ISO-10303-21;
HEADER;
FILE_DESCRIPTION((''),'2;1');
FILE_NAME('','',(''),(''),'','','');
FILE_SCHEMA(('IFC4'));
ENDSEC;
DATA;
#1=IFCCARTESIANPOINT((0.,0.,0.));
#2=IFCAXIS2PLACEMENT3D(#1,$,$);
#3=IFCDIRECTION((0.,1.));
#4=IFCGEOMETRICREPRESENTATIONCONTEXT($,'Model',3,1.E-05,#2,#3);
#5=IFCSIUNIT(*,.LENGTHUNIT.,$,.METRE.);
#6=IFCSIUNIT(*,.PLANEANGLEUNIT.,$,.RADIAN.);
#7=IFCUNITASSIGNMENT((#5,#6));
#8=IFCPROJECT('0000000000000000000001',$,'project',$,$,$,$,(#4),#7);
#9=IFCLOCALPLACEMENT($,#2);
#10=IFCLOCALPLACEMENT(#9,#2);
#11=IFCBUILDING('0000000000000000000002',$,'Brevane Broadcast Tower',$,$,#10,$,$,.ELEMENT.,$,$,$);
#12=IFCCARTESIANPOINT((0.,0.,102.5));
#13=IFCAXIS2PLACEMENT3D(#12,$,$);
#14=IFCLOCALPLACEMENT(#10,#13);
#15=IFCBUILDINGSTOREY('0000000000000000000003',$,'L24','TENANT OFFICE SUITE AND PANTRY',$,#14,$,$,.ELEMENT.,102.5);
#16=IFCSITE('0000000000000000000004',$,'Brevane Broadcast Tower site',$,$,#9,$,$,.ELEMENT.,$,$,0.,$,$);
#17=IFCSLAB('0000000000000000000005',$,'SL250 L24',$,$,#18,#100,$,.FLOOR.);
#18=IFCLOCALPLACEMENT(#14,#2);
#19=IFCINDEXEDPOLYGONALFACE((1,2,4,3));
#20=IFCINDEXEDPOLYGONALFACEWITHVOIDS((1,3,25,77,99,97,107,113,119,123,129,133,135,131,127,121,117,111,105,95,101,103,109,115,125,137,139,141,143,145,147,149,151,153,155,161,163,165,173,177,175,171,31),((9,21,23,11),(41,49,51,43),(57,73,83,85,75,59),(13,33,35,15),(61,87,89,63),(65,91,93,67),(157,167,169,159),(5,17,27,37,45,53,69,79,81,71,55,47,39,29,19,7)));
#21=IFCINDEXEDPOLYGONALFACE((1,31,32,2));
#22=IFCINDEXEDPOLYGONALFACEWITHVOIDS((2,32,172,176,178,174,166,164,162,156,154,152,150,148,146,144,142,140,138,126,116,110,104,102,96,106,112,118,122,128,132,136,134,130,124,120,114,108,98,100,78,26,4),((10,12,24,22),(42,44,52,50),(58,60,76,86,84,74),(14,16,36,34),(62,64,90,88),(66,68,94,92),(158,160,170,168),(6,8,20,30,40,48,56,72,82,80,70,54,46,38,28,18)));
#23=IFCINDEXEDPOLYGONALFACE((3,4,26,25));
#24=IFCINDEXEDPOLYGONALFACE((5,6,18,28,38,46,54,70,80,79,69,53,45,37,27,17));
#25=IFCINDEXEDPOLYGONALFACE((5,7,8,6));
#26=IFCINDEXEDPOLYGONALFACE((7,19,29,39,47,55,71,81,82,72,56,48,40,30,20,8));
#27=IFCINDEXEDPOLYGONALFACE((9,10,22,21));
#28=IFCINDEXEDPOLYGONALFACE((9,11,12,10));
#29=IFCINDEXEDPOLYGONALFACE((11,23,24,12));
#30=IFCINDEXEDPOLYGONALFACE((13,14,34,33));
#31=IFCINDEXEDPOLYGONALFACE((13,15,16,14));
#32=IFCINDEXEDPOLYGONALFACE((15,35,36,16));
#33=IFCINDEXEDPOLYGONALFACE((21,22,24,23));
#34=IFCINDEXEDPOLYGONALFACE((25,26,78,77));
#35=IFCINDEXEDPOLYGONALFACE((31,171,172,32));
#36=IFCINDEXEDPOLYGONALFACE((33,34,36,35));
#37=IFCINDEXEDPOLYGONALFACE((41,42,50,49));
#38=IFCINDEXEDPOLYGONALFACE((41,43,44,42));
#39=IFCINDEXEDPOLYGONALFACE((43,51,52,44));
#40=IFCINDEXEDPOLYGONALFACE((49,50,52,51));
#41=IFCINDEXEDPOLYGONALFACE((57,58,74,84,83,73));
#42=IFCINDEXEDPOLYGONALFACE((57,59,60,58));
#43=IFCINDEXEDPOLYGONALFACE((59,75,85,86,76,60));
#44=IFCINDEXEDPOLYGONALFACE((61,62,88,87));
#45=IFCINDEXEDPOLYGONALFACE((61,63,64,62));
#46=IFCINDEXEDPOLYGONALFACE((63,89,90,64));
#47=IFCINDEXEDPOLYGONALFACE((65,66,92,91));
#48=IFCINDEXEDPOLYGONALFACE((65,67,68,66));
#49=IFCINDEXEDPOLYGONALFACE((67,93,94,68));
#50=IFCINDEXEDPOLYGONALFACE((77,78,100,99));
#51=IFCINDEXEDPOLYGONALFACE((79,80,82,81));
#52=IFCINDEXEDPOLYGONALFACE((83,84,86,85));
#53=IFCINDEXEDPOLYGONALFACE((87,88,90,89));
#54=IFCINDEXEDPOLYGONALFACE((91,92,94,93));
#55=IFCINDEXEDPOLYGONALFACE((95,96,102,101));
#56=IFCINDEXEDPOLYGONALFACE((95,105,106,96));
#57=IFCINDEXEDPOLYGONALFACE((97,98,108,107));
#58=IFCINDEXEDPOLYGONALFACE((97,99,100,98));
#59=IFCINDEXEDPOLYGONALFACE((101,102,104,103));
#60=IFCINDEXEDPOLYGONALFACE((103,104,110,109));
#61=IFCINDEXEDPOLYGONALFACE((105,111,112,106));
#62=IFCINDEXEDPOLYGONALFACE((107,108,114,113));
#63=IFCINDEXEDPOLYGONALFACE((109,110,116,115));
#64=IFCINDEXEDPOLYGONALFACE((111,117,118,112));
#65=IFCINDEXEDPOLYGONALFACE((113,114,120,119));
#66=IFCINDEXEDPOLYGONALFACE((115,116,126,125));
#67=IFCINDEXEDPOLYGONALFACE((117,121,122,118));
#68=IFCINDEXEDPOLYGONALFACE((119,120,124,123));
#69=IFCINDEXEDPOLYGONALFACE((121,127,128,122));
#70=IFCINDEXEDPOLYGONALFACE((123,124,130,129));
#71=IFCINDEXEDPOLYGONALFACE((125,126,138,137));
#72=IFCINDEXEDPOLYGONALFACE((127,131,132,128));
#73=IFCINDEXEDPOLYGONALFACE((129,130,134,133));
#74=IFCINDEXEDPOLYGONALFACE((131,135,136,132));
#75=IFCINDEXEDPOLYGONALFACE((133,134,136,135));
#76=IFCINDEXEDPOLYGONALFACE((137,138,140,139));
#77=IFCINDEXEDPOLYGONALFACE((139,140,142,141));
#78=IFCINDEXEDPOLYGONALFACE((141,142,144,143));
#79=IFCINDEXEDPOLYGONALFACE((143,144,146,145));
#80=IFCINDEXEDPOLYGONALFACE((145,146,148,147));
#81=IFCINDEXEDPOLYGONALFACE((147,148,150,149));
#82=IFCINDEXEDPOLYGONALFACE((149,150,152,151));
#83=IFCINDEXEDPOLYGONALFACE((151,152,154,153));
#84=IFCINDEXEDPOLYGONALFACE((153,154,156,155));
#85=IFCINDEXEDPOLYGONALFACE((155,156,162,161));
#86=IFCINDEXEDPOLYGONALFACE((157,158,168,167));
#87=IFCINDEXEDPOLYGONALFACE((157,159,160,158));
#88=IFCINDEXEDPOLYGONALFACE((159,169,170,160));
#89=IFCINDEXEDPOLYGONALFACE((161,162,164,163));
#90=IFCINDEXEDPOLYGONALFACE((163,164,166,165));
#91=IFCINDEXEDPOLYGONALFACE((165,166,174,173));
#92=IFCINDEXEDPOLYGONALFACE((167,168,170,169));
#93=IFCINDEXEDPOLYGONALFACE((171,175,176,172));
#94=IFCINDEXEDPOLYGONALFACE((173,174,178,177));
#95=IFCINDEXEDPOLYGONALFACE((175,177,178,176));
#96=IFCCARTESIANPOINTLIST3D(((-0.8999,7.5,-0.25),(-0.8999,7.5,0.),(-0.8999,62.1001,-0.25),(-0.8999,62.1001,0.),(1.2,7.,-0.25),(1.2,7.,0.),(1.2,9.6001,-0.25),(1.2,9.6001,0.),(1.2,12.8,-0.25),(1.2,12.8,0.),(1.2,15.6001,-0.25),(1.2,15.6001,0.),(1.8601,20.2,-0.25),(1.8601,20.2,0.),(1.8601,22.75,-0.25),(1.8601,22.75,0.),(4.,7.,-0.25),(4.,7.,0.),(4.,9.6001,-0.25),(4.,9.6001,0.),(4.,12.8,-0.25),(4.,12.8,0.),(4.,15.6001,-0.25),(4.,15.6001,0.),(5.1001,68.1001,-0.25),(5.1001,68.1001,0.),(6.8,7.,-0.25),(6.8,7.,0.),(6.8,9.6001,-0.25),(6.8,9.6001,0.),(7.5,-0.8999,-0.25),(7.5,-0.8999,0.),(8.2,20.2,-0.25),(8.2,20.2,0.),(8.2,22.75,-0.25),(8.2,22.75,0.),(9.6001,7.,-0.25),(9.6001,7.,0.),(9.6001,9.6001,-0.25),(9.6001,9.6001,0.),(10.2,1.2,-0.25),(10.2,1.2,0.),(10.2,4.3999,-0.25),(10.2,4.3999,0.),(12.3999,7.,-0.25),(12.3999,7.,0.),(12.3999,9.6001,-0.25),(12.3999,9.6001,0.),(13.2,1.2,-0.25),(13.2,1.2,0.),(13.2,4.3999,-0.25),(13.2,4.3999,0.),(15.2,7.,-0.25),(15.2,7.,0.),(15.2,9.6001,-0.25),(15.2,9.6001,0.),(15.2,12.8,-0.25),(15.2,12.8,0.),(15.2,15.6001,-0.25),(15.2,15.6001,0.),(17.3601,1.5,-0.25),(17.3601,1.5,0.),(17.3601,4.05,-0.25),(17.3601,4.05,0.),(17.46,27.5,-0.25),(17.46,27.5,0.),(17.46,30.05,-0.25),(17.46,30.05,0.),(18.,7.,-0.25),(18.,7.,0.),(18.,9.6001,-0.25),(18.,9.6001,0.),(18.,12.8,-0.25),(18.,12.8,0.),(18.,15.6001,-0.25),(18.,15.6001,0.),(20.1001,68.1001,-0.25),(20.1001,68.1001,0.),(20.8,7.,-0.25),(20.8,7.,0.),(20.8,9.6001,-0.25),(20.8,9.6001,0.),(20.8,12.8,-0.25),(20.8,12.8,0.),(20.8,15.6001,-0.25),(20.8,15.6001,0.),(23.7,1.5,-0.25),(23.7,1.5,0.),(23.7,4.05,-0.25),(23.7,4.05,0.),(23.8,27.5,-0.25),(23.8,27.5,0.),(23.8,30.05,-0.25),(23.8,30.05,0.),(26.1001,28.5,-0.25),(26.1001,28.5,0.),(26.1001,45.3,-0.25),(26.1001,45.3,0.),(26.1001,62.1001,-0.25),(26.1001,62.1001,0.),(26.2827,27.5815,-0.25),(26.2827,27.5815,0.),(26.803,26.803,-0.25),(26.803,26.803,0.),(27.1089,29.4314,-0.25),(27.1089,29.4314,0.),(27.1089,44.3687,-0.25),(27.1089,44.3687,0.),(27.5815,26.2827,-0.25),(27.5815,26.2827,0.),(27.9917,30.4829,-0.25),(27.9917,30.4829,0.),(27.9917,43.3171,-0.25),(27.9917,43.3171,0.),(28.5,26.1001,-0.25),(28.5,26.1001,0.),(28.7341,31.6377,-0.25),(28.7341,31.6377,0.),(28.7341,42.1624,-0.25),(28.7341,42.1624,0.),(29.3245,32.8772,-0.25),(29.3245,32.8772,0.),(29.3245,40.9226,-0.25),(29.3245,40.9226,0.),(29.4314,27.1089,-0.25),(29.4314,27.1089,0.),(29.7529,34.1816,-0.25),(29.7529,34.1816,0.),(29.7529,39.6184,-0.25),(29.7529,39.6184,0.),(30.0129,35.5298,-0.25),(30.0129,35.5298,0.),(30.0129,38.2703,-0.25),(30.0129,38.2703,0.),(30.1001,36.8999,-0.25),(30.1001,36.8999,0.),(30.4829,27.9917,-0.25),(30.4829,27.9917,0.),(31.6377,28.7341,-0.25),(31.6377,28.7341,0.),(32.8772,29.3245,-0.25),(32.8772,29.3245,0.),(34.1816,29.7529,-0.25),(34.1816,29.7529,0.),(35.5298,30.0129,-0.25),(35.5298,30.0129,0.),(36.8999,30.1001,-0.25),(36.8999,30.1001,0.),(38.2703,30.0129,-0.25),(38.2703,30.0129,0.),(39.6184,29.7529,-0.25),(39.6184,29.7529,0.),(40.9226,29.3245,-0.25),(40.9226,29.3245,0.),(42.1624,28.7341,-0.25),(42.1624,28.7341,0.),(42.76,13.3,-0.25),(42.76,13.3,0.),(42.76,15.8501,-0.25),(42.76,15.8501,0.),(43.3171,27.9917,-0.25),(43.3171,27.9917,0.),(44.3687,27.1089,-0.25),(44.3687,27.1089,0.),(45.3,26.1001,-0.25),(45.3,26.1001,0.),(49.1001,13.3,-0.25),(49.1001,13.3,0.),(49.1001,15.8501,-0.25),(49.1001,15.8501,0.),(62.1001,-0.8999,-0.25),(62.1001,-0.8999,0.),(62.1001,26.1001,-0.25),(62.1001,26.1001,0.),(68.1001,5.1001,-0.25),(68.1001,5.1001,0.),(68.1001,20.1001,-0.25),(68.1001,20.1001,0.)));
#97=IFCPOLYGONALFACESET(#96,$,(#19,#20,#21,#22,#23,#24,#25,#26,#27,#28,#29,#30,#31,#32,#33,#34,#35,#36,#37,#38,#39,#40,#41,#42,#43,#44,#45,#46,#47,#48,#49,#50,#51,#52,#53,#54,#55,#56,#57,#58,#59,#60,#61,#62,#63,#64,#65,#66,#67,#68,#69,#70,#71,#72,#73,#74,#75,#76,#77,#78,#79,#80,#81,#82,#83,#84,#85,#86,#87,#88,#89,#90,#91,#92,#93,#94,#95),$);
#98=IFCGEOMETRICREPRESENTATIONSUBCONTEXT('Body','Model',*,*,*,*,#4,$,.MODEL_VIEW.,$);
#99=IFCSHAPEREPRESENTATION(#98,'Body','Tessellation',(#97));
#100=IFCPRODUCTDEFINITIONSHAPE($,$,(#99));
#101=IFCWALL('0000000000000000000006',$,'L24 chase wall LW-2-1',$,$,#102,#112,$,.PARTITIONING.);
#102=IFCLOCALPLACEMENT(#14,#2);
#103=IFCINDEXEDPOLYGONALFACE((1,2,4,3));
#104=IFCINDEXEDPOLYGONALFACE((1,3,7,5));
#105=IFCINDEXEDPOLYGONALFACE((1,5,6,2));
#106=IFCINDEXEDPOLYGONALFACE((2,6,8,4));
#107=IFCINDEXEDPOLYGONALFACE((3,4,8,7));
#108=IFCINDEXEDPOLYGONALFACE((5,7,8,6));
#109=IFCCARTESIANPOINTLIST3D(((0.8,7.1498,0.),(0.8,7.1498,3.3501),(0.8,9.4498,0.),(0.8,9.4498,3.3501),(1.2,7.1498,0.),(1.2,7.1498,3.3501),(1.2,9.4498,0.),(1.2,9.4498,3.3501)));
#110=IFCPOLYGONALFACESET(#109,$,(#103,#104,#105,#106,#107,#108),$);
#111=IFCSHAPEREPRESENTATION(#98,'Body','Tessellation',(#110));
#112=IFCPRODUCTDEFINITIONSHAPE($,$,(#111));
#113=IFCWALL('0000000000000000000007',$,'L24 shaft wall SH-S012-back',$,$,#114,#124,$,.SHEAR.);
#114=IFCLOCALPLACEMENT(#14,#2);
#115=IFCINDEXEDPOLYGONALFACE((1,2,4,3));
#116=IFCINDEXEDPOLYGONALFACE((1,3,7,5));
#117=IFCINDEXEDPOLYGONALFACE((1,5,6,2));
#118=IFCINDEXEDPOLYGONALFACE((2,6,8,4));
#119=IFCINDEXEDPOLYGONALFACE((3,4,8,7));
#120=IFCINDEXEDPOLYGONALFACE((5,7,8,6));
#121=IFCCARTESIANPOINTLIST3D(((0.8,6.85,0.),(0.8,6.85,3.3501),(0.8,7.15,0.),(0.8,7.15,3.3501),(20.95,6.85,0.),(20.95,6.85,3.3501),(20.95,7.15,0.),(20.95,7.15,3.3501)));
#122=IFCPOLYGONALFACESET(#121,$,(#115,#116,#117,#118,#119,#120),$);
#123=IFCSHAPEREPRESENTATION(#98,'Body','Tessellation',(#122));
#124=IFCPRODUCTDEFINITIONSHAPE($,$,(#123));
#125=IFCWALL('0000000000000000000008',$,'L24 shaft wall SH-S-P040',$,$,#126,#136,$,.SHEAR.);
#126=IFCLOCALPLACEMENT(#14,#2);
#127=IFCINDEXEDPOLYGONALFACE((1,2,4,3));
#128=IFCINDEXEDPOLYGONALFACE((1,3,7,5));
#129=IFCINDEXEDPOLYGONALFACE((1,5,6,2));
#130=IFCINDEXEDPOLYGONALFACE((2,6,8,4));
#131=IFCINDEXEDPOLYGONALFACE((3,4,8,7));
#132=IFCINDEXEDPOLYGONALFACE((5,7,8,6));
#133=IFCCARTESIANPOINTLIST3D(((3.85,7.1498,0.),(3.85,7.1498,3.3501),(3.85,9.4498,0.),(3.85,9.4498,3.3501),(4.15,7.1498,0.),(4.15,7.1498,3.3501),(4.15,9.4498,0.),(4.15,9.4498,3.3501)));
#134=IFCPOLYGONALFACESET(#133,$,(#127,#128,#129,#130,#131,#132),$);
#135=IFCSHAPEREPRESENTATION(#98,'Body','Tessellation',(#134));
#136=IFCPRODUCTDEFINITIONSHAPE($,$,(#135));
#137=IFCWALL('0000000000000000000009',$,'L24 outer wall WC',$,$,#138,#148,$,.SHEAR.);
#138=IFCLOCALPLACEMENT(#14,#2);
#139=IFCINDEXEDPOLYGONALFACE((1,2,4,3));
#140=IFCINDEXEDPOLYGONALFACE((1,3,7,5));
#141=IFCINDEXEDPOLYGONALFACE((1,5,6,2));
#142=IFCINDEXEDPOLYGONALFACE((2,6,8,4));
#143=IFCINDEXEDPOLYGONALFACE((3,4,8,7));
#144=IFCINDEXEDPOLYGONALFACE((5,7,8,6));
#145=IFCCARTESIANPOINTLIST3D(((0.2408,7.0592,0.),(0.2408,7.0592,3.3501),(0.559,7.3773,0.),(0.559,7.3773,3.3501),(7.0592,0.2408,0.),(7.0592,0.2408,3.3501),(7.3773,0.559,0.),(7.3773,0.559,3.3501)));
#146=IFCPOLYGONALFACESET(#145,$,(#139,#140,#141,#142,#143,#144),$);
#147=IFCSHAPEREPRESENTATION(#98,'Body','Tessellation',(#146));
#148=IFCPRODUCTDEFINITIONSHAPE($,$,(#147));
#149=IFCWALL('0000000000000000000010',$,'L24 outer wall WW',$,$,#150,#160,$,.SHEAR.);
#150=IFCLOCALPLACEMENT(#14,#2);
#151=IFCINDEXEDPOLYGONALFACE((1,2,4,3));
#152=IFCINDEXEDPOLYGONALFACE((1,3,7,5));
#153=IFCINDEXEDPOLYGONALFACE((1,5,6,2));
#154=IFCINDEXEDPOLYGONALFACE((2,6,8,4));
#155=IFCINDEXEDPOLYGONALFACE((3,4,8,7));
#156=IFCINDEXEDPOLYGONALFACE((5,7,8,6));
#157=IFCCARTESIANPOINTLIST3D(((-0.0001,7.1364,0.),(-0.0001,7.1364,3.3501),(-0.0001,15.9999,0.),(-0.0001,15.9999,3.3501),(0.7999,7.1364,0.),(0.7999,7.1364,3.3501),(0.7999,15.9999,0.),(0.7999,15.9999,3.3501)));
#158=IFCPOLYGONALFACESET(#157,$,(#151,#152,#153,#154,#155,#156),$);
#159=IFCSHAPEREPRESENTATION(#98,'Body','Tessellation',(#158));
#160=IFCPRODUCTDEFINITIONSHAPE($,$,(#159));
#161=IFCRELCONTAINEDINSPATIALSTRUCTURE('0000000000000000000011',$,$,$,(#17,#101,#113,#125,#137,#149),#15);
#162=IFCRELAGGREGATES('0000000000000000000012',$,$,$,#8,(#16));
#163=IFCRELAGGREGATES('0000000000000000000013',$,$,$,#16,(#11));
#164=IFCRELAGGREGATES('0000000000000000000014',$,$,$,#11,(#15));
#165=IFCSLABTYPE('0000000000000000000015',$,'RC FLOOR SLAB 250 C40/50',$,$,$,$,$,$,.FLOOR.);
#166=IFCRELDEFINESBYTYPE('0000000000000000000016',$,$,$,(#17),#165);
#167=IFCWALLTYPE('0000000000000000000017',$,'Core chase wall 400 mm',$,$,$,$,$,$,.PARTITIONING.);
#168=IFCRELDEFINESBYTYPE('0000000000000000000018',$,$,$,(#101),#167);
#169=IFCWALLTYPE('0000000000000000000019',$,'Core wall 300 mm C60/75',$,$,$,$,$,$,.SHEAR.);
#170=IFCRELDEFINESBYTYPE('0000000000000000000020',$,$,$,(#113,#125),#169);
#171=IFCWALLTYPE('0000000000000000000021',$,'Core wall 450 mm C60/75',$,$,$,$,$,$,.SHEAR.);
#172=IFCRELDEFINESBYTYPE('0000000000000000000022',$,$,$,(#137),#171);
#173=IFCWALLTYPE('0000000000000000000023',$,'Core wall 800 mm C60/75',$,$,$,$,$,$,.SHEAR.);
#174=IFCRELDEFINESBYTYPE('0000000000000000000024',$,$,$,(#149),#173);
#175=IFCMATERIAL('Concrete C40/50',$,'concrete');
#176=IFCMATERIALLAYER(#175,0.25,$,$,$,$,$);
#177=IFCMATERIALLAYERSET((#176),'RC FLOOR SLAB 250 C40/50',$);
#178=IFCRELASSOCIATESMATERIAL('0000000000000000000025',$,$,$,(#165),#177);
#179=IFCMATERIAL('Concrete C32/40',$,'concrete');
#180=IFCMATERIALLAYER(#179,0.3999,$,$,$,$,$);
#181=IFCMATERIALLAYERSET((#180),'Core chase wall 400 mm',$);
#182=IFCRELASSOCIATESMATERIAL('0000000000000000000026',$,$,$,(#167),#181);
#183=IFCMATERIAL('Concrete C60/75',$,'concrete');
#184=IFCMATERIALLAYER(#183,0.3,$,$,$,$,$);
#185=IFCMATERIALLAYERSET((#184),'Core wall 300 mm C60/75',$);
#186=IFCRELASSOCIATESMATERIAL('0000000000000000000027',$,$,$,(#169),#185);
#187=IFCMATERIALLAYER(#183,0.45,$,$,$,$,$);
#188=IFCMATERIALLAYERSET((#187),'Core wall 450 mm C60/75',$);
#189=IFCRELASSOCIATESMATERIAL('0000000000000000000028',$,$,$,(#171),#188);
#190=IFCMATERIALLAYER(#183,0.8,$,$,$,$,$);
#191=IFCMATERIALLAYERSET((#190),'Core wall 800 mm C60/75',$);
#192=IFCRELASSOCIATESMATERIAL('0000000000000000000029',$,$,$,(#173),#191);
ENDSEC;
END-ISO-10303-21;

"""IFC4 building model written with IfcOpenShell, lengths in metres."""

from ifc_helpers import new_model, si_unit, direction, frame, frame_2d, origin, place, context, subcontext, project, spatial, polyline, rectangle, outline, extrude, material, layer, layer_set, type_object, element, save


model = new_model("IFC4")

# Units and contexts
model_context = context("Model", 3, precision=1e-05, world=origin(), true_north=direction((0.0, 1.0)))
body_context = subcontext(model_context, "Body", "Model", "MODEL_VIEW")
ifc_project = project(units=[si_unit("LENGTHUNIT", "METRE"), si_unit("PLANEANGLEUNIT", "RADIAN")], contexts=[model_context])

# Site, building, storey
site_placement = place(None, origin())
site = spatial("IfcSite", under=ifc_project, at=site_placement, Name="Brevane Broadcast Tower site", CompositionType="ELEMENT", RefElevation=0.0)
building_placement = place(site_placement, origin())
building = spatial("IfcBuilding", under=site, at=building_placement, Name="Brevane Broadcast Tower", CompositionType="ELEMENT")
storey_placement = place(building_placement, frame((0.0, 0.0, 102.5)))
storey = spatial("IfcBuildingStorey", under=building, at=storey_placement, Name="L24", Description="TENANT OFFICE SUITE AND PANTRY", CompositionType="ELEMENT", Elevation=102.5)

# Slab
ifc_material_1 = material(Name="Concrete C40/50", Category="concrete")
ifc_layer_1 = layer(ifc_material_1, 0.25)
ifc_layer_set_1 = layer_set([ifc_layer_1], Name="RC FLOOR SLAB 250 C40/50")
slab_type_1 = type_object("IfcSlabType", Name="RC FLOOR SLAB 250 C40/50", PredefinedType="FLOOR", material=ifc_layer_set_1)
slab_1_placement = place(storey_placement, frame((0.0, 0.0, -0.25)))
element("IfcSlab", 1, at=slab_1_placement, inside=storey, type_object=slab_type_1, Name="SL250 L24", PredefinedType="FLOOR", context=body_context, shape_type="SweptSolid", body=[
    extrude(outline(polyline([(-0.8999, 7.5), (-0.8999, 62.1001), (5.1001, 68.1001), (20.1001, 68.1001), (26.1001, 62.1001), (26.1001, 45.3), (27.1089, 44.3687), (27.9917, 43.3171), (28.7341, 42.1624), (29.3245, 40.9226), (29.7529, 39.6184), (30.0129, 38.2703), (30.1001, 36.8999), (30.0129, 35.5298), (29.7529, 34.1816), (29.3245, 32.8772), (28.7341, 31.6377), (27.9917, 30.4829), (27.1089, 29.4314), (26.1001, 28.5), (26.2827, 27.5815), (26.803, 26.803), (27.5815, 26.2827), (28.5, 26.1001), (29.4314, 27.1089), (30.4829, 27.9917), (31.6377, 28.7341), (32.8772, 29.3245), (34.1816, 29.7529), (35.5298, 30.0129), (36.8999, 30.1001), (38.2703, 30.0129), (39.6184, 29.7529), (40.9226, 29.3245), (42.1624, 28.7341), (43.3171, 27.9917), (44.3687, 27.1089), (45.3, 26.1001), (62.1001, 26.1001), (68.1001, 20.1001), (68.1001, 5.1001), (62.1001, -0.8999), (7.5, -0.8999), (-0.8999, 7.5)]), holes=[polyline([(13.2, 4.3999), (10.2, 4.3999), (10.2, 1.2), (13.2, 1.2), (13.2, 4.3999)]), polyline([(4.0, 9.6001), (1.2, 9.6001), (1.2, 7.0), (4.0, 7.0), (6.8, 7.0), (9.6001, 7.0), (12.3999, 7.0), (15.2, 7.0), (18.0, 7.0), (20.8, 7.0), (20.8, 9.6001), (18.0, 9.6001), (15.2, 9.6001), (12.3999, 9.6001), (9.6001, 9.6001), (6.8, 9.6001), (4.0, 9.6001)]), polyline([(4.0, 12.8), (4.0, 15.6001), (1.2, 15.6001), (1.2, 12.8), (4.0, 12.8)]), polyline([(8.2, 22.75), (1.8601, 22.75), (1.8601, 20.2), (8.2, 20.2), (8.2, 22.75)]), polyline([(23.7, 4.05), (17.3601, 4.05), (17.3601, 1.5), (23.7, 1.5), (23.7, 4.05)]), polyline([(18.0, 15.6001), (15.2, 15.6001), (15.2, 12.8), (18.0, 12.8), (20.8, 12.8), (20.8, 15.6001), (18.0, 15.6001)]), polyline([(49.1001, 15.8501), (42.76, 15.8501), (42.76, 13.3), (49.1001, 13.3), (49.1001, 15.8501)]), polyline([(23.8, 30.05), (17.46, 30.05), (17.46, 27.5), (23.8, 27.5), (23.8, 30.05)])]), origin(), (0.0, 0.0, 1.0), 0.25),
])

# Walls
ifc_material_2 = material(Name="Concrete C32/40", Category="concrete")
ifc_layer_2 = layer(ifc_material_2, 0.3999)
ifc_layer_set_2 = layer_set([ifc_layer_2], Name="Core chase wall 400 mm")
wall_type_1 = type_object("IfcWallType", Name="Core chase wall 400 mm", PredefinedType="PARTITIONING", material=ifc_layer_set_2)
wall_1_placement = place(storey_placement, frame((1.0, 7.1499, 0.0), z_axis=(0.0, 0.0, 1.0), x_axis=(0.0, 1.0, 0.0)))
element("IfcWall", 2, at=wall_1_placement, inside=storey, type_object=wall_type_1, Name="L24 chase wall LW-2-1", PredefinedType="PARTITIONING", context=body_context, shape_type="SweptSolid", body=[
    extrude(rectangle(XDim=2.3, YDim=0.3999, at=frame_2d((1.1499, 0.0))), origin(), (0.0, 0.0, 1.0), 3.3501),
])
ifc_material_3 = material(Name="Concrete C60/75", Category="concrete")
ifc_layer_3 = layer(ifc_material_3, 0.3)
ifc_layer_set_3 = layer_set([ifc_layer_3], Name="Core wall 300 mm C60/75")
wall_type_2 = type_object("IfcWallType", Name="Core wall 300 mm C60/75", PredefinedType="SHEAR", material=ifc_layer_set_3)
wall_2_placement = place(storey_placement, frame((0.8, 7.0, 0.0), z_axis=(0.0, 0.0, 1.0), x_axis=(1.0, 0.0, 0.0)))
element("IfcWall", 3, at=wall_2_placement, inside=storey, type_object=wall_type_2, Name="L24 shaft wall SH-S012-back", PredefinedType="SHEAR", context=body_context, shape_type="SweptSolid", body=[
    extrude(rectangle(XDim=20.1499, YDim=0.3, at=frame_2d((10.075, 0.0))), origin(), (0.0, 0.0, 1.0), 3.3501),
])
wall_3_placement = place(storey_placement, frame((4.0, 7.1499, 0.0), z_axis=(0.0, 0.0, 1.0), x_axis=(0.0, 1.0, 0.0)))
element("IfcWall", 4, at=wall_3_placement, inside=storey, type_object=wall_type_2, Name="L24 shaft wall SH-S-P040", PredefinedType="SHEAR", context=body_context, shape_type="SweptSolid", body=[
    extrude(rectangle(XDim=2.3, YDim=0.3, at=frame_2d((1.1499, 0.0))), origin(), (0.0, 0.0, 1.0), 3.3501),
])
ifc_layer_4 = layer(ifc_material_3, 0.45)
ifc_layer_set_4 = layer_set([ifc_layer_4], Name="Core wall 450 mm C60/75")
wall_type_3 = type_object("IfcWallType", Name="Core wall 450 mm C60/75", PredefinedType="SHEAR", material=ifc_layer_set_4)
wall_4_placement = place(storey_placement, frame((0.3999, 7.2183, 0.0), z_axis=(0.0, 0.0, 1.0), x_axis=(0.707107, -0.707107, 0.0)))
element("IfcWall", 5, at=wall_4_placement, inside=storey, type_object=wall_type_3, Name="L24 outer wall WC", PredefinedType="SHEAR", context=body_context, shape_type="SweptSolid", body=[
    extrude(rectangle(XDim=9.6426, YDim=0.45, at=frame_2d((4.8213, 0.0))), origin(), (0.0, 0.0, 1.0), 3.3501),
])
ifc_layer_5 = layer(ifc_material_3, 0.8)
ifc_layer_set_5 = layer_set([ifc_layer_5], Name="Core wall 800 mm C60/75")
wall_type_4 = type_object("IfcWallType", Name="Core wall 800 mm C60/75", PredefinedType="SHEAR", material=ifc_layer_set_5)
wall_5_placement = place(storey_placement, frame((0.3999, 7.1365, 0.0), z_axis=(0.0, 0.0, 1.0), x_axis=(0.0, 1.0, 0.0)))
element("IfcWall", 6, at=wall_5_placement, inside=storey, type_object=wall_type_4, Name="L24 outer wall WW", PredefinedType="SHEAR", context=body_context, shape_type="SweptSolid", body=[
    extrude(rectangle(XDim=8.8635, YDim=0.8, at=frame_2d((4.4316, 0.0))), origin(), (0.0, 0.0, 1.0), 3.3501),
])

save(model, "model.ifc")
